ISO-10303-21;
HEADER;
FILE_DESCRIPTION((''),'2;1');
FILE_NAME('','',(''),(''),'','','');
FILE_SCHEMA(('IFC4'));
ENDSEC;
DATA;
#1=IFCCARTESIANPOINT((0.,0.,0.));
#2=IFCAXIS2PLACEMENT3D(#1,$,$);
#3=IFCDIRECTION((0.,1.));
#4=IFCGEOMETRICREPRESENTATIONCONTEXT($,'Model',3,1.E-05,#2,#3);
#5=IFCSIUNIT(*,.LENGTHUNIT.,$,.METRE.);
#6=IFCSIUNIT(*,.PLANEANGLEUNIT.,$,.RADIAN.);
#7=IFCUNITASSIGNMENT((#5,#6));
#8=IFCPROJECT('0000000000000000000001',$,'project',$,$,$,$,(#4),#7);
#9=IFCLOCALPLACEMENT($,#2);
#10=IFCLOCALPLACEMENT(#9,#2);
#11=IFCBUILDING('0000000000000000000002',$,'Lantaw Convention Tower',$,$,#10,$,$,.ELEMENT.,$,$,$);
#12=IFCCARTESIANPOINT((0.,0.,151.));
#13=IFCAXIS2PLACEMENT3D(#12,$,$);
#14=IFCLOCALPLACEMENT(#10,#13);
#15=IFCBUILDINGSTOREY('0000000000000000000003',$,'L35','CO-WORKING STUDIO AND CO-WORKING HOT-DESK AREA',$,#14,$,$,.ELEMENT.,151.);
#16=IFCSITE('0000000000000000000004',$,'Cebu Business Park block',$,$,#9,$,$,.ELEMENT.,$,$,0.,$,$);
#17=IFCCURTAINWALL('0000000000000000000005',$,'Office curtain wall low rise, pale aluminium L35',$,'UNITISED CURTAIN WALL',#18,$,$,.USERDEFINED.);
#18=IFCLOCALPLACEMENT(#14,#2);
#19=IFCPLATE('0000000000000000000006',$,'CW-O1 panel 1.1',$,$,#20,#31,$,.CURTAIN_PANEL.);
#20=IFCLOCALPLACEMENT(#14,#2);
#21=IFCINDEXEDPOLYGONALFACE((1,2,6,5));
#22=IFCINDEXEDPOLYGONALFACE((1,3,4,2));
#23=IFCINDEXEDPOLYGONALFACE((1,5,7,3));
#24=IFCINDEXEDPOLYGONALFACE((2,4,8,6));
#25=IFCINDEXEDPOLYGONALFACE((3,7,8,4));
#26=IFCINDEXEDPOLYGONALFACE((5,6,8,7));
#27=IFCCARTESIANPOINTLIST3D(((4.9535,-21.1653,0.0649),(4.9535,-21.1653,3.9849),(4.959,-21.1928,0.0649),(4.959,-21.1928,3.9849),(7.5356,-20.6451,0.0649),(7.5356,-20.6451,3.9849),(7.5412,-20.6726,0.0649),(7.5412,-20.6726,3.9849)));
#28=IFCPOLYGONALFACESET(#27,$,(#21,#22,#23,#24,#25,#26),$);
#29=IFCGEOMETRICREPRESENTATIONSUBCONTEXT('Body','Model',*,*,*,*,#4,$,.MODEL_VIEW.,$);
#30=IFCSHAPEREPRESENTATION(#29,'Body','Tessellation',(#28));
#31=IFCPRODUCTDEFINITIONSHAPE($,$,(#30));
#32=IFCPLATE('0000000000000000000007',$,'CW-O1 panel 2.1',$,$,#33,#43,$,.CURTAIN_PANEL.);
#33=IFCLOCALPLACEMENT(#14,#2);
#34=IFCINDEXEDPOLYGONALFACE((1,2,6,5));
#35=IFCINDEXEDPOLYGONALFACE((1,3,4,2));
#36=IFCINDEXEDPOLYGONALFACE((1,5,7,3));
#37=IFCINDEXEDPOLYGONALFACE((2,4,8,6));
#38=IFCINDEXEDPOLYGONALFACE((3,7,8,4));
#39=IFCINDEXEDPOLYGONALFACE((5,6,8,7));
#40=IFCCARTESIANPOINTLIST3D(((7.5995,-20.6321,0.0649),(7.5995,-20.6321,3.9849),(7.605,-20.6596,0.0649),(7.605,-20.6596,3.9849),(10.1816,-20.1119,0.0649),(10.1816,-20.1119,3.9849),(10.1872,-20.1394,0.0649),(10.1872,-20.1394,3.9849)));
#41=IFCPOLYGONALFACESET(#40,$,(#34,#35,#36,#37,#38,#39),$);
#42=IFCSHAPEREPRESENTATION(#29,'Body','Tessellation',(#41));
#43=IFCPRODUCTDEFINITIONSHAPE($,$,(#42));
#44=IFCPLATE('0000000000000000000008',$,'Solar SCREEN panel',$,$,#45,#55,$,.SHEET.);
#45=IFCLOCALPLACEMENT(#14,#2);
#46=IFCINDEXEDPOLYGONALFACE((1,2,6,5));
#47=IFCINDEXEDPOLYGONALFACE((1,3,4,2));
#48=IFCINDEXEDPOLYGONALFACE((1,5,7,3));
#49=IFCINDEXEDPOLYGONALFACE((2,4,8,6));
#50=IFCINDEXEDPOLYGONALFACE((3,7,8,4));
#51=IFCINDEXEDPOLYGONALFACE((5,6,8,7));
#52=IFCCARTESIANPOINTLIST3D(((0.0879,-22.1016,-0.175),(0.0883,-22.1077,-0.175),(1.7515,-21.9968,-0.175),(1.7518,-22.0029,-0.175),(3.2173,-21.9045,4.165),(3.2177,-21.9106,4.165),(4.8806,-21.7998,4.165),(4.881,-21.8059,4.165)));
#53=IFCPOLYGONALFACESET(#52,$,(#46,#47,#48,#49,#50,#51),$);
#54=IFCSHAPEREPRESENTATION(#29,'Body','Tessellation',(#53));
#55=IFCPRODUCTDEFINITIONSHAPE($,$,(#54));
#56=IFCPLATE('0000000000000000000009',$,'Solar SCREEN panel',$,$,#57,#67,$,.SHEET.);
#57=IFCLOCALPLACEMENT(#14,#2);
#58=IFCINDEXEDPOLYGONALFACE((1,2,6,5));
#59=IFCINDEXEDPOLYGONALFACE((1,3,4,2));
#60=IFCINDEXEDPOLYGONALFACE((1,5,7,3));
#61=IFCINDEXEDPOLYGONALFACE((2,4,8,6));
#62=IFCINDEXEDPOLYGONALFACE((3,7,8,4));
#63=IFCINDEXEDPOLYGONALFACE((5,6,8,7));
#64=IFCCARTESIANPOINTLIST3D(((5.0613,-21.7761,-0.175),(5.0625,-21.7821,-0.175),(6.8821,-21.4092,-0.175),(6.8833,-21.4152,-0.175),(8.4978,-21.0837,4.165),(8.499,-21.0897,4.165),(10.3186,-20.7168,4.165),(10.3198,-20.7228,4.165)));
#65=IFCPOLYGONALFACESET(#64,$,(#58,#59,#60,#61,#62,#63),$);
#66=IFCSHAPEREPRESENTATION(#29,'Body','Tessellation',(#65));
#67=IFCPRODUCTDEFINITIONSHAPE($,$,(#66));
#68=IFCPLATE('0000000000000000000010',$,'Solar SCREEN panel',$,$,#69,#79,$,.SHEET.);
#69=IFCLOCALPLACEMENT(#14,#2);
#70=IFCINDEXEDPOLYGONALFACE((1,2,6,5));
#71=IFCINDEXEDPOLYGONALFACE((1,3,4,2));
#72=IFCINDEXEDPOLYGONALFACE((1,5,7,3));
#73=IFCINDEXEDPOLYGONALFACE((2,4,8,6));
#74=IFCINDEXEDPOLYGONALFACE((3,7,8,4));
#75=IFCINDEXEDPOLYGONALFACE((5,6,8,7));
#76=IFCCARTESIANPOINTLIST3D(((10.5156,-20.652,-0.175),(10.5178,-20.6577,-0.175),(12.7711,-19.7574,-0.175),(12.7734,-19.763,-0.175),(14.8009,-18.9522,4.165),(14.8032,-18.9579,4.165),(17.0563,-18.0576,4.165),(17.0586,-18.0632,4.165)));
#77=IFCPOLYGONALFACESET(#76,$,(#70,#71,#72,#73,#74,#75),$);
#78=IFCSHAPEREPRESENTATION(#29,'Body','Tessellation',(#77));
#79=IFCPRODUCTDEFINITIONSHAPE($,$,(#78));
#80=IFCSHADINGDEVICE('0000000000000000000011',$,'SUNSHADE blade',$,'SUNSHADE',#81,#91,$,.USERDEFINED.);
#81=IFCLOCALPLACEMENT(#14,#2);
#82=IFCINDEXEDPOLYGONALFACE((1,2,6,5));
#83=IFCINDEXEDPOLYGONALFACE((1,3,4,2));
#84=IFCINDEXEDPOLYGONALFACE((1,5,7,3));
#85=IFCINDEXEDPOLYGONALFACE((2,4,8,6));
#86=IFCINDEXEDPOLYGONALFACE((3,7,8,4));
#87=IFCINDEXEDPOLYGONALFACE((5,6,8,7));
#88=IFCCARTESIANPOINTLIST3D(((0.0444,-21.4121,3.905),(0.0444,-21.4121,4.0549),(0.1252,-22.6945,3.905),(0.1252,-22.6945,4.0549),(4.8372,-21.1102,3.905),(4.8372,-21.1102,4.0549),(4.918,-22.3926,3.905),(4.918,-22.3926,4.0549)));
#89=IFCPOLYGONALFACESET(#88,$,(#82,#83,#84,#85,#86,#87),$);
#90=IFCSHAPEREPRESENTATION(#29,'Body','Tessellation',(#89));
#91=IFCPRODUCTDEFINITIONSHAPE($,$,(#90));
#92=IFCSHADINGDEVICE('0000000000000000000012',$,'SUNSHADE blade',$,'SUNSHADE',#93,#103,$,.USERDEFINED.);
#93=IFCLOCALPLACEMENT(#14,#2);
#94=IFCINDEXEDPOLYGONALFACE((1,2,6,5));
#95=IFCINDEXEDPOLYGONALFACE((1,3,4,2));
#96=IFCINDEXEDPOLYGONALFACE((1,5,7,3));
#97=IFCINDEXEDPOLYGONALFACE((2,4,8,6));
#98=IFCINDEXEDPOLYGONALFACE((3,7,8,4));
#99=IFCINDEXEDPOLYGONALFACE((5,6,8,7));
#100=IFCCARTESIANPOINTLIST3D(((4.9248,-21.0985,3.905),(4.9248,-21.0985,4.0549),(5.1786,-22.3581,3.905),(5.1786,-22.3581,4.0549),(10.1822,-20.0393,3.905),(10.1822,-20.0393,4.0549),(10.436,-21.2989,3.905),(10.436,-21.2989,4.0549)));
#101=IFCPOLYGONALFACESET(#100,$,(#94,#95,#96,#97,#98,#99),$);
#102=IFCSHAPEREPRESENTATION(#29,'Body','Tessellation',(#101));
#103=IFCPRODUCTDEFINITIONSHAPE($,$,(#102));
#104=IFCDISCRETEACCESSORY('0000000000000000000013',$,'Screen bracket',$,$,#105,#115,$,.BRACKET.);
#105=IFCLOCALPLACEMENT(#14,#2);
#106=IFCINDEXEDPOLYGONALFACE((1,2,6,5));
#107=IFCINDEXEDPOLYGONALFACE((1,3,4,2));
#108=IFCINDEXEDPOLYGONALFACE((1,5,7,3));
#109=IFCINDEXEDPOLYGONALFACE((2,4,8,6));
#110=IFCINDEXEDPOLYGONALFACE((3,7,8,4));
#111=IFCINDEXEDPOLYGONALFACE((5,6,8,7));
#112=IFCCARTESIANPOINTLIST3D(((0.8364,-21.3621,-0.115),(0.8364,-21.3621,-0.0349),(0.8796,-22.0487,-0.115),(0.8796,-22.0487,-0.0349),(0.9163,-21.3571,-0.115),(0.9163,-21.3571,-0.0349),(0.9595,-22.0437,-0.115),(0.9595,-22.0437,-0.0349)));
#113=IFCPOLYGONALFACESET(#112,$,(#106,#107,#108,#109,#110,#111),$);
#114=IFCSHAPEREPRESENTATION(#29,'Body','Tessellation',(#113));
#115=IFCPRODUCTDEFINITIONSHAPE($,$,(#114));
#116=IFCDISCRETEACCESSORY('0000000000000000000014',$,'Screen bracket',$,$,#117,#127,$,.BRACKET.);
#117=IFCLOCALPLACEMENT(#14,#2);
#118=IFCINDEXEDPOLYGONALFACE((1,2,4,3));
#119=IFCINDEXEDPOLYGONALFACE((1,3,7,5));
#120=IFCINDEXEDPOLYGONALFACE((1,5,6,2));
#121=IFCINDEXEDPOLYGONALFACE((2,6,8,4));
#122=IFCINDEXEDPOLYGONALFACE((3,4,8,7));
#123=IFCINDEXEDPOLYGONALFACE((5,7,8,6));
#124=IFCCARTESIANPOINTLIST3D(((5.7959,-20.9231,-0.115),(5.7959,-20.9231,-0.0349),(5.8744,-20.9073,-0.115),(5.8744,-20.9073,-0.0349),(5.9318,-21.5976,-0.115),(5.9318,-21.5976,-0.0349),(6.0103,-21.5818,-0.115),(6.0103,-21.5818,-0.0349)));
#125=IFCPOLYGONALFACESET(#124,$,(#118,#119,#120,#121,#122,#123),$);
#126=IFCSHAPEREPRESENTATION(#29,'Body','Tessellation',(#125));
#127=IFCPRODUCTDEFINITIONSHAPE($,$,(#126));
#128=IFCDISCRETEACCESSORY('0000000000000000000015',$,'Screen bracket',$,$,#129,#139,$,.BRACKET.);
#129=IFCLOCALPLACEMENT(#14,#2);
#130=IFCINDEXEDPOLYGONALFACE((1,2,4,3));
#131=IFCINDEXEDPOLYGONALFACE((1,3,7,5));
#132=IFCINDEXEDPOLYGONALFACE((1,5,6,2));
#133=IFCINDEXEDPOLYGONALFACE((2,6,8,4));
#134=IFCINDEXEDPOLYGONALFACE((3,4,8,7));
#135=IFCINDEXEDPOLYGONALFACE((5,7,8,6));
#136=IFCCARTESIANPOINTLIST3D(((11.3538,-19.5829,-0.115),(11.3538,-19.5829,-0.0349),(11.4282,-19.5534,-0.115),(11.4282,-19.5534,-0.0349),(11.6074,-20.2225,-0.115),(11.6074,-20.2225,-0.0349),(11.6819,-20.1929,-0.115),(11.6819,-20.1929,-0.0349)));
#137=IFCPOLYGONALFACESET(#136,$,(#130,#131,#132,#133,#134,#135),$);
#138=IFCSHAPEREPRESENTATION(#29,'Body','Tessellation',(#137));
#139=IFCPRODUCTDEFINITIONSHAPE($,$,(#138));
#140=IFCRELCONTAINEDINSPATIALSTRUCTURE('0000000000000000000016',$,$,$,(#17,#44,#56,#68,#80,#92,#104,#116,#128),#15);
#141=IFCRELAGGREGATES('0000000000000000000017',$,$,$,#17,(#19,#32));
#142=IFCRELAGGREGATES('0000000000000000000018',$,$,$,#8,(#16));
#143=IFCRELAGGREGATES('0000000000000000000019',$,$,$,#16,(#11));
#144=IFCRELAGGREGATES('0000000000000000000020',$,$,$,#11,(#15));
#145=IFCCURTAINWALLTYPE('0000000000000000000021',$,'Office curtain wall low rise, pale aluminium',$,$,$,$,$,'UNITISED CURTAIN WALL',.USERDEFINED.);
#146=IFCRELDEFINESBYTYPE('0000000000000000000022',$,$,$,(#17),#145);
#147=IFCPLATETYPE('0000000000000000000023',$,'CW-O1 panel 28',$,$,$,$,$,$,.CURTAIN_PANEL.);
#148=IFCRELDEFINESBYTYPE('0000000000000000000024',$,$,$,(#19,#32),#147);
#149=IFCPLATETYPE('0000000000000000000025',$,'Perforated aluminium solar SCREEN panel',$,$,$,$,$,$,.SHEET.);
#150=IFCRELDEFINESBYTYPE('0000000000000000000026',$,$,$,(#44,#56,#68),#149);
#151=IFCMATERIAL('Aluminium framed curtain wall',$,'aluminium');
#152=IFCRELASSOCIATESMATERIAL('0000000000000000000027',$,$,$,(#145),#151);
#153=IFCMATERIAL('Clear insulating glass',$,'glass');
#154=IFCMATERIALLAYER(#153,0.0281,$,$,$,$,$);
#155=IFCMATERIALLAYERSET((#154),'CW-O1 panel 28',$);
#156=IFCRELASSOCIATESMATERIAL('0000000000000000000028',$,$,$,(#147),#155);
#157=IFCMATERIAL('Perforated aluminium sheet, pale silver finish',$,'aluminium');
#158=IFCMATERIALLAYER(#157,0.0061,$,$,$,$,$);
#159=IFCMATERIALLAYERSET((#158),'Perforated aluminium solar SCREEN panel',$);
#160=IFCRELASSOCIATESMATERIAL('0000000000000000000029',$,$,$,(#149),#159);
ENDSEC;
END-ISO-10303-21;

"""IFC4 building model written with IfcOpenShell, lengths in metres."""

from ifc_helpers import new_model, si_unit, direction, frame, origin, origin_2d, place, context, subcontext, project, spatial, polyline, rectangle, outline, extrude, material, layer, layer_set, type_object, element, aggregate, save


model = new_model("IFC4")

# Units and contexts
model_context = context("Model", 3, precision=1e-05, world=origin(), true_north=direction((0.0, 1.0)))
body_context = subcontext(model_context, "Body", "Model", "MODEL_VIEW")
ifc_project = project(units=[si_unit("LENGTHUNIT", "METRE"), si_unit("PLANEANGLEUNIT", "RADIAN")], contexts=[model_context])

# Site, building, storey
site_placement = place(None, origin())
site = spatial("IfcSite", under=ifc_project, at=site_placement, Name="Cebu Business Park block", CompositionType="ELEMENT", RefElevation=0.0)
building_placement = place(site_placement, origin())
building = spatial("IfcBuilding", under=site, at=building_placement, Name="Lantaw Convention Tower", CompositionType="ELEMENT")
storey_placement = place(building_placement, frame((0.0, 0.0, 151.0)))
storey = spatial("IfcBuildingStorey", under=building, at=storey_placement, Name="L35", Description="CO-WORKING STUDIO AND CO-WORKING HOT-DESK AREA", CompositionType="ELEMENT", Elevation=151.0)

# Curtain wall
ifc_material_1 = material(Name="Aluminium framed curtain wall", Category="aluminium")
curtain_wall_type = type_object("IfcCurtainWallType", Name="Office curtain wall low rise, pale aluminium", ElementType="UNITISED CURTAIN WALL", PredefinedType="USERDEFINED", material=ifc_material_1)
curtain_wall_1_placement = place(storey_placement, origin())
curtain_wall_1 = element("IfcCurtainWall", 1, at=curtain_wall_1_placement, inside=storey, type_object=curtain_wall_type, Name="Office curtain wall low rise, pale aluminium L35", ObjectType="UNITISED CURTAIN WALL", PredefinedType="USERDEFINED")

# Plates
ifc_material_2 = material(Name="Clear insulating glass", Category="glass")
ifc_layer_1 = layer(ifc_material_2, 0.0281)
ifc_layer_set_1 = layer_set([ifc_layer_1], Name="CW-O1 panel 28")
plate_type_1 = type_object("IfcPlateType", Name="CW-O1 panel 28", PredefinedType="CURTAIN_PANEL", material=ifc_layer_set_1)
plate_1_placement = place(storey_placement, frame((6.2473, -20.9189, 0.0649), z_axis=(0.0, 0.0, 1.0), x_axis=(0.980302, 0.197507, 0.0)))
plate_1 = element("IfcPlate", 2, at=plate_1_placement, type_object=plate_type_1, Name="CW-O1 panel 1.1", PredefinedType="CURTAIN_PANEL", context=body_context, shape_type="SweptSolid", body=[
    extrude(rectangle(XDim=2.634, YDim=0.0281, at=origin_2d()), origin(), (0.0, 0.0, 1.0), 3.9199),
])
plate_2_placement = place(storey_placement, frame((8.8933, -20.3857, 0.0649), z_axis=(0.0, 0.0, 1.0), x_axis=(0.980302, 0.197507, 0.0)))
plate_2 = element("IfcPlate", 3, at=plate_2_placement, type_object=plate_type_1, Name="CW-O1 panel 2.1", PredefinedType="CURTAIN_PANEL", context=body_context, shape_type="SweptSolid", body=[
    extrude(rectangle(XDim=2.634, YDim=0.0281, at=origin_2d()), origin(), (0.0, 0.0, 1.0), 3.9199),
])
aggregate(curtain_wall_1, [plate_1, plate_2])

# Plates
ifc_material_3 = material(Name="Perforated aluminium sheet, pale silver finish", Category="aluminium")
ifc_layer_2 = layer(ifc_material_3, 0.0061)
ifc_layer_set_2 = layer_set([ifc_layer_2], Name="Perforated aluminium solar SCREEN panel")
plate_type_2 = type_object("IfcPlateType", Name="Perforated aluminium solar SCREEN panel", PredefinedType="SHEET", material=ifc_layer_set_2)
plate_3_placement = place(storey_placement, frame((0.0879, -22.1016, -0.175), z_axis=(-0.062839, 0.998024, 0.000002), x_axis=(0.998024, 0.062839, 0.0)))
element("IfcPlate", 4, at=plate_3_placement, inside=storey, type_object=plate_type_2, Name="Solar SCREEN panel", PredefinedType="SHEET", context=body_context, shape_type="SweptSolid", body=[
    extrude(outline(polyline([(0.0, 0.0), (1.6669, 0.0), (4.8022, -4.3401), (3.1356, -4.3401), (0.0, 0.0)])), origin(), (0.0, 0.0, -1.0), 0.0061),
])
plate_4_placement = place(storey_placement, frame((5.0613, -21.7761, -0.175), z_axis=(-0.197557, 0.980291, 0.000039), x_axis=(0.980291, 0.197557, 0.0)))
element("IfcPlate", 5, at=plate_4_placement, inside=storey, type_object=plate_type_2, Name="Solar SCREEN panel", PredefinedType="SHEET", context=body_context, shape_type="SweptSolid", body=[
    extrude(outline(polyline([(0.0, 0.0), (1.8574, 0.0), (5.363, -4.3401), (3.5056, -4.3401), (0.0, 0.0)])), origin(), (0.0, 0.0, -1.0), 0.0061),
])
plate_5_placement = place(storey_placement, frame((10.5178, -20.6577, -0.175), z_axis=(0.368709, -0.929545, 0.000011), x_axis=(0.929545, 0.368709, 0.0)))
element("IfcPlate", 6, at=plate_5_placement, inside=storey, type_object=plate_type_2, Name="Solar SCREEN panel", PredefinedType="SHEET", context=body_context, shape_type="SweptSolid", body=[
    extrude(outline(polyline([(0.0, 0.0), (2.4265, 0.0), (7.0365, 4.3401), (4.6102, 4.3401), (0.0, 0.0)])), origin(), (0.0, 0.0, -1.0), 0.0061),
])

# Shading devices
shading_device_1_placement = place(storey_placement, frame((2.4812, -21.9023, 3.905), z_axis=(0.0, 0.0, 1.0), x_axis=(0.998022, 0.062865, 0.0)))
element("IfcShadingDevice", 7, at=shading_device_1_placement, inside=storey, Name="SUNSHADE blade", ObjectType="SUNSHADE", PredefinedType="USERDEFINED", context=body_context, shape_type="SweptSolid", body=[
    extrude(rectangle(XDim=4.8022, YDim=1.2849, at=origin_2d()), origin(), (0.0, 0.0, 1.0), 0.1499),
])
shading_device_2_placement = place(storey_placement, frame((7.6804, -21.1987, 3.905), z_axis=(0.0, 0.0, 1.0), x_axis=(0.980302, 0.197507, 0.0)))
element("IfcShadingDevice", 8, at=shading_device_2_placement, inside=storey, Name="SUNSHADE blade", ObjectType="SUNSHADE", PredefinedType="USERDEFINED", context=body_context, shape_type="SweptSolid", body=[
    extrude(rectangle(XDim=5.363, YDim=1.2849, at=origin_2d()), origin(), (0.0, 0.0, 1.0), 0.1499),
])

# Discrete accessories
for number, where, z_axis, x_axis, name in (
    (9, (0.8979, -21.7029, -0.115), (0.0, 0.0, 1.0), (0.998022, 0.062865, 0.0), "Screen bracket"),
    (10, (5.9031, -21.2524, -0.115), (0.0, 0.0, 1.0), (0.980302, 0.197507, 0.0), "Screen bracket"),
    (11, (11.5178, -19.8879, -0.115), (0.0, 0.0, 1.0), (0.929548, 0.368702, 0.0), "Screen bracket"),
):
    element("IfcDiscreteAccessory", number, at=place(storey_placement, frame(where, z_axis=z_axis, x_axis=x_axis)), inside=storey, Name=name, PredefinedType="BRACKET", context=body_context, shape_type="SweptSolid", body=[
        extrude(rectangle(XDim=0.0801, YDim=0.688, at=origin_2d()), origin(), (0.0, 0.0, 1.0), 0.0801),
    ])

save(model, "model.ifc")
